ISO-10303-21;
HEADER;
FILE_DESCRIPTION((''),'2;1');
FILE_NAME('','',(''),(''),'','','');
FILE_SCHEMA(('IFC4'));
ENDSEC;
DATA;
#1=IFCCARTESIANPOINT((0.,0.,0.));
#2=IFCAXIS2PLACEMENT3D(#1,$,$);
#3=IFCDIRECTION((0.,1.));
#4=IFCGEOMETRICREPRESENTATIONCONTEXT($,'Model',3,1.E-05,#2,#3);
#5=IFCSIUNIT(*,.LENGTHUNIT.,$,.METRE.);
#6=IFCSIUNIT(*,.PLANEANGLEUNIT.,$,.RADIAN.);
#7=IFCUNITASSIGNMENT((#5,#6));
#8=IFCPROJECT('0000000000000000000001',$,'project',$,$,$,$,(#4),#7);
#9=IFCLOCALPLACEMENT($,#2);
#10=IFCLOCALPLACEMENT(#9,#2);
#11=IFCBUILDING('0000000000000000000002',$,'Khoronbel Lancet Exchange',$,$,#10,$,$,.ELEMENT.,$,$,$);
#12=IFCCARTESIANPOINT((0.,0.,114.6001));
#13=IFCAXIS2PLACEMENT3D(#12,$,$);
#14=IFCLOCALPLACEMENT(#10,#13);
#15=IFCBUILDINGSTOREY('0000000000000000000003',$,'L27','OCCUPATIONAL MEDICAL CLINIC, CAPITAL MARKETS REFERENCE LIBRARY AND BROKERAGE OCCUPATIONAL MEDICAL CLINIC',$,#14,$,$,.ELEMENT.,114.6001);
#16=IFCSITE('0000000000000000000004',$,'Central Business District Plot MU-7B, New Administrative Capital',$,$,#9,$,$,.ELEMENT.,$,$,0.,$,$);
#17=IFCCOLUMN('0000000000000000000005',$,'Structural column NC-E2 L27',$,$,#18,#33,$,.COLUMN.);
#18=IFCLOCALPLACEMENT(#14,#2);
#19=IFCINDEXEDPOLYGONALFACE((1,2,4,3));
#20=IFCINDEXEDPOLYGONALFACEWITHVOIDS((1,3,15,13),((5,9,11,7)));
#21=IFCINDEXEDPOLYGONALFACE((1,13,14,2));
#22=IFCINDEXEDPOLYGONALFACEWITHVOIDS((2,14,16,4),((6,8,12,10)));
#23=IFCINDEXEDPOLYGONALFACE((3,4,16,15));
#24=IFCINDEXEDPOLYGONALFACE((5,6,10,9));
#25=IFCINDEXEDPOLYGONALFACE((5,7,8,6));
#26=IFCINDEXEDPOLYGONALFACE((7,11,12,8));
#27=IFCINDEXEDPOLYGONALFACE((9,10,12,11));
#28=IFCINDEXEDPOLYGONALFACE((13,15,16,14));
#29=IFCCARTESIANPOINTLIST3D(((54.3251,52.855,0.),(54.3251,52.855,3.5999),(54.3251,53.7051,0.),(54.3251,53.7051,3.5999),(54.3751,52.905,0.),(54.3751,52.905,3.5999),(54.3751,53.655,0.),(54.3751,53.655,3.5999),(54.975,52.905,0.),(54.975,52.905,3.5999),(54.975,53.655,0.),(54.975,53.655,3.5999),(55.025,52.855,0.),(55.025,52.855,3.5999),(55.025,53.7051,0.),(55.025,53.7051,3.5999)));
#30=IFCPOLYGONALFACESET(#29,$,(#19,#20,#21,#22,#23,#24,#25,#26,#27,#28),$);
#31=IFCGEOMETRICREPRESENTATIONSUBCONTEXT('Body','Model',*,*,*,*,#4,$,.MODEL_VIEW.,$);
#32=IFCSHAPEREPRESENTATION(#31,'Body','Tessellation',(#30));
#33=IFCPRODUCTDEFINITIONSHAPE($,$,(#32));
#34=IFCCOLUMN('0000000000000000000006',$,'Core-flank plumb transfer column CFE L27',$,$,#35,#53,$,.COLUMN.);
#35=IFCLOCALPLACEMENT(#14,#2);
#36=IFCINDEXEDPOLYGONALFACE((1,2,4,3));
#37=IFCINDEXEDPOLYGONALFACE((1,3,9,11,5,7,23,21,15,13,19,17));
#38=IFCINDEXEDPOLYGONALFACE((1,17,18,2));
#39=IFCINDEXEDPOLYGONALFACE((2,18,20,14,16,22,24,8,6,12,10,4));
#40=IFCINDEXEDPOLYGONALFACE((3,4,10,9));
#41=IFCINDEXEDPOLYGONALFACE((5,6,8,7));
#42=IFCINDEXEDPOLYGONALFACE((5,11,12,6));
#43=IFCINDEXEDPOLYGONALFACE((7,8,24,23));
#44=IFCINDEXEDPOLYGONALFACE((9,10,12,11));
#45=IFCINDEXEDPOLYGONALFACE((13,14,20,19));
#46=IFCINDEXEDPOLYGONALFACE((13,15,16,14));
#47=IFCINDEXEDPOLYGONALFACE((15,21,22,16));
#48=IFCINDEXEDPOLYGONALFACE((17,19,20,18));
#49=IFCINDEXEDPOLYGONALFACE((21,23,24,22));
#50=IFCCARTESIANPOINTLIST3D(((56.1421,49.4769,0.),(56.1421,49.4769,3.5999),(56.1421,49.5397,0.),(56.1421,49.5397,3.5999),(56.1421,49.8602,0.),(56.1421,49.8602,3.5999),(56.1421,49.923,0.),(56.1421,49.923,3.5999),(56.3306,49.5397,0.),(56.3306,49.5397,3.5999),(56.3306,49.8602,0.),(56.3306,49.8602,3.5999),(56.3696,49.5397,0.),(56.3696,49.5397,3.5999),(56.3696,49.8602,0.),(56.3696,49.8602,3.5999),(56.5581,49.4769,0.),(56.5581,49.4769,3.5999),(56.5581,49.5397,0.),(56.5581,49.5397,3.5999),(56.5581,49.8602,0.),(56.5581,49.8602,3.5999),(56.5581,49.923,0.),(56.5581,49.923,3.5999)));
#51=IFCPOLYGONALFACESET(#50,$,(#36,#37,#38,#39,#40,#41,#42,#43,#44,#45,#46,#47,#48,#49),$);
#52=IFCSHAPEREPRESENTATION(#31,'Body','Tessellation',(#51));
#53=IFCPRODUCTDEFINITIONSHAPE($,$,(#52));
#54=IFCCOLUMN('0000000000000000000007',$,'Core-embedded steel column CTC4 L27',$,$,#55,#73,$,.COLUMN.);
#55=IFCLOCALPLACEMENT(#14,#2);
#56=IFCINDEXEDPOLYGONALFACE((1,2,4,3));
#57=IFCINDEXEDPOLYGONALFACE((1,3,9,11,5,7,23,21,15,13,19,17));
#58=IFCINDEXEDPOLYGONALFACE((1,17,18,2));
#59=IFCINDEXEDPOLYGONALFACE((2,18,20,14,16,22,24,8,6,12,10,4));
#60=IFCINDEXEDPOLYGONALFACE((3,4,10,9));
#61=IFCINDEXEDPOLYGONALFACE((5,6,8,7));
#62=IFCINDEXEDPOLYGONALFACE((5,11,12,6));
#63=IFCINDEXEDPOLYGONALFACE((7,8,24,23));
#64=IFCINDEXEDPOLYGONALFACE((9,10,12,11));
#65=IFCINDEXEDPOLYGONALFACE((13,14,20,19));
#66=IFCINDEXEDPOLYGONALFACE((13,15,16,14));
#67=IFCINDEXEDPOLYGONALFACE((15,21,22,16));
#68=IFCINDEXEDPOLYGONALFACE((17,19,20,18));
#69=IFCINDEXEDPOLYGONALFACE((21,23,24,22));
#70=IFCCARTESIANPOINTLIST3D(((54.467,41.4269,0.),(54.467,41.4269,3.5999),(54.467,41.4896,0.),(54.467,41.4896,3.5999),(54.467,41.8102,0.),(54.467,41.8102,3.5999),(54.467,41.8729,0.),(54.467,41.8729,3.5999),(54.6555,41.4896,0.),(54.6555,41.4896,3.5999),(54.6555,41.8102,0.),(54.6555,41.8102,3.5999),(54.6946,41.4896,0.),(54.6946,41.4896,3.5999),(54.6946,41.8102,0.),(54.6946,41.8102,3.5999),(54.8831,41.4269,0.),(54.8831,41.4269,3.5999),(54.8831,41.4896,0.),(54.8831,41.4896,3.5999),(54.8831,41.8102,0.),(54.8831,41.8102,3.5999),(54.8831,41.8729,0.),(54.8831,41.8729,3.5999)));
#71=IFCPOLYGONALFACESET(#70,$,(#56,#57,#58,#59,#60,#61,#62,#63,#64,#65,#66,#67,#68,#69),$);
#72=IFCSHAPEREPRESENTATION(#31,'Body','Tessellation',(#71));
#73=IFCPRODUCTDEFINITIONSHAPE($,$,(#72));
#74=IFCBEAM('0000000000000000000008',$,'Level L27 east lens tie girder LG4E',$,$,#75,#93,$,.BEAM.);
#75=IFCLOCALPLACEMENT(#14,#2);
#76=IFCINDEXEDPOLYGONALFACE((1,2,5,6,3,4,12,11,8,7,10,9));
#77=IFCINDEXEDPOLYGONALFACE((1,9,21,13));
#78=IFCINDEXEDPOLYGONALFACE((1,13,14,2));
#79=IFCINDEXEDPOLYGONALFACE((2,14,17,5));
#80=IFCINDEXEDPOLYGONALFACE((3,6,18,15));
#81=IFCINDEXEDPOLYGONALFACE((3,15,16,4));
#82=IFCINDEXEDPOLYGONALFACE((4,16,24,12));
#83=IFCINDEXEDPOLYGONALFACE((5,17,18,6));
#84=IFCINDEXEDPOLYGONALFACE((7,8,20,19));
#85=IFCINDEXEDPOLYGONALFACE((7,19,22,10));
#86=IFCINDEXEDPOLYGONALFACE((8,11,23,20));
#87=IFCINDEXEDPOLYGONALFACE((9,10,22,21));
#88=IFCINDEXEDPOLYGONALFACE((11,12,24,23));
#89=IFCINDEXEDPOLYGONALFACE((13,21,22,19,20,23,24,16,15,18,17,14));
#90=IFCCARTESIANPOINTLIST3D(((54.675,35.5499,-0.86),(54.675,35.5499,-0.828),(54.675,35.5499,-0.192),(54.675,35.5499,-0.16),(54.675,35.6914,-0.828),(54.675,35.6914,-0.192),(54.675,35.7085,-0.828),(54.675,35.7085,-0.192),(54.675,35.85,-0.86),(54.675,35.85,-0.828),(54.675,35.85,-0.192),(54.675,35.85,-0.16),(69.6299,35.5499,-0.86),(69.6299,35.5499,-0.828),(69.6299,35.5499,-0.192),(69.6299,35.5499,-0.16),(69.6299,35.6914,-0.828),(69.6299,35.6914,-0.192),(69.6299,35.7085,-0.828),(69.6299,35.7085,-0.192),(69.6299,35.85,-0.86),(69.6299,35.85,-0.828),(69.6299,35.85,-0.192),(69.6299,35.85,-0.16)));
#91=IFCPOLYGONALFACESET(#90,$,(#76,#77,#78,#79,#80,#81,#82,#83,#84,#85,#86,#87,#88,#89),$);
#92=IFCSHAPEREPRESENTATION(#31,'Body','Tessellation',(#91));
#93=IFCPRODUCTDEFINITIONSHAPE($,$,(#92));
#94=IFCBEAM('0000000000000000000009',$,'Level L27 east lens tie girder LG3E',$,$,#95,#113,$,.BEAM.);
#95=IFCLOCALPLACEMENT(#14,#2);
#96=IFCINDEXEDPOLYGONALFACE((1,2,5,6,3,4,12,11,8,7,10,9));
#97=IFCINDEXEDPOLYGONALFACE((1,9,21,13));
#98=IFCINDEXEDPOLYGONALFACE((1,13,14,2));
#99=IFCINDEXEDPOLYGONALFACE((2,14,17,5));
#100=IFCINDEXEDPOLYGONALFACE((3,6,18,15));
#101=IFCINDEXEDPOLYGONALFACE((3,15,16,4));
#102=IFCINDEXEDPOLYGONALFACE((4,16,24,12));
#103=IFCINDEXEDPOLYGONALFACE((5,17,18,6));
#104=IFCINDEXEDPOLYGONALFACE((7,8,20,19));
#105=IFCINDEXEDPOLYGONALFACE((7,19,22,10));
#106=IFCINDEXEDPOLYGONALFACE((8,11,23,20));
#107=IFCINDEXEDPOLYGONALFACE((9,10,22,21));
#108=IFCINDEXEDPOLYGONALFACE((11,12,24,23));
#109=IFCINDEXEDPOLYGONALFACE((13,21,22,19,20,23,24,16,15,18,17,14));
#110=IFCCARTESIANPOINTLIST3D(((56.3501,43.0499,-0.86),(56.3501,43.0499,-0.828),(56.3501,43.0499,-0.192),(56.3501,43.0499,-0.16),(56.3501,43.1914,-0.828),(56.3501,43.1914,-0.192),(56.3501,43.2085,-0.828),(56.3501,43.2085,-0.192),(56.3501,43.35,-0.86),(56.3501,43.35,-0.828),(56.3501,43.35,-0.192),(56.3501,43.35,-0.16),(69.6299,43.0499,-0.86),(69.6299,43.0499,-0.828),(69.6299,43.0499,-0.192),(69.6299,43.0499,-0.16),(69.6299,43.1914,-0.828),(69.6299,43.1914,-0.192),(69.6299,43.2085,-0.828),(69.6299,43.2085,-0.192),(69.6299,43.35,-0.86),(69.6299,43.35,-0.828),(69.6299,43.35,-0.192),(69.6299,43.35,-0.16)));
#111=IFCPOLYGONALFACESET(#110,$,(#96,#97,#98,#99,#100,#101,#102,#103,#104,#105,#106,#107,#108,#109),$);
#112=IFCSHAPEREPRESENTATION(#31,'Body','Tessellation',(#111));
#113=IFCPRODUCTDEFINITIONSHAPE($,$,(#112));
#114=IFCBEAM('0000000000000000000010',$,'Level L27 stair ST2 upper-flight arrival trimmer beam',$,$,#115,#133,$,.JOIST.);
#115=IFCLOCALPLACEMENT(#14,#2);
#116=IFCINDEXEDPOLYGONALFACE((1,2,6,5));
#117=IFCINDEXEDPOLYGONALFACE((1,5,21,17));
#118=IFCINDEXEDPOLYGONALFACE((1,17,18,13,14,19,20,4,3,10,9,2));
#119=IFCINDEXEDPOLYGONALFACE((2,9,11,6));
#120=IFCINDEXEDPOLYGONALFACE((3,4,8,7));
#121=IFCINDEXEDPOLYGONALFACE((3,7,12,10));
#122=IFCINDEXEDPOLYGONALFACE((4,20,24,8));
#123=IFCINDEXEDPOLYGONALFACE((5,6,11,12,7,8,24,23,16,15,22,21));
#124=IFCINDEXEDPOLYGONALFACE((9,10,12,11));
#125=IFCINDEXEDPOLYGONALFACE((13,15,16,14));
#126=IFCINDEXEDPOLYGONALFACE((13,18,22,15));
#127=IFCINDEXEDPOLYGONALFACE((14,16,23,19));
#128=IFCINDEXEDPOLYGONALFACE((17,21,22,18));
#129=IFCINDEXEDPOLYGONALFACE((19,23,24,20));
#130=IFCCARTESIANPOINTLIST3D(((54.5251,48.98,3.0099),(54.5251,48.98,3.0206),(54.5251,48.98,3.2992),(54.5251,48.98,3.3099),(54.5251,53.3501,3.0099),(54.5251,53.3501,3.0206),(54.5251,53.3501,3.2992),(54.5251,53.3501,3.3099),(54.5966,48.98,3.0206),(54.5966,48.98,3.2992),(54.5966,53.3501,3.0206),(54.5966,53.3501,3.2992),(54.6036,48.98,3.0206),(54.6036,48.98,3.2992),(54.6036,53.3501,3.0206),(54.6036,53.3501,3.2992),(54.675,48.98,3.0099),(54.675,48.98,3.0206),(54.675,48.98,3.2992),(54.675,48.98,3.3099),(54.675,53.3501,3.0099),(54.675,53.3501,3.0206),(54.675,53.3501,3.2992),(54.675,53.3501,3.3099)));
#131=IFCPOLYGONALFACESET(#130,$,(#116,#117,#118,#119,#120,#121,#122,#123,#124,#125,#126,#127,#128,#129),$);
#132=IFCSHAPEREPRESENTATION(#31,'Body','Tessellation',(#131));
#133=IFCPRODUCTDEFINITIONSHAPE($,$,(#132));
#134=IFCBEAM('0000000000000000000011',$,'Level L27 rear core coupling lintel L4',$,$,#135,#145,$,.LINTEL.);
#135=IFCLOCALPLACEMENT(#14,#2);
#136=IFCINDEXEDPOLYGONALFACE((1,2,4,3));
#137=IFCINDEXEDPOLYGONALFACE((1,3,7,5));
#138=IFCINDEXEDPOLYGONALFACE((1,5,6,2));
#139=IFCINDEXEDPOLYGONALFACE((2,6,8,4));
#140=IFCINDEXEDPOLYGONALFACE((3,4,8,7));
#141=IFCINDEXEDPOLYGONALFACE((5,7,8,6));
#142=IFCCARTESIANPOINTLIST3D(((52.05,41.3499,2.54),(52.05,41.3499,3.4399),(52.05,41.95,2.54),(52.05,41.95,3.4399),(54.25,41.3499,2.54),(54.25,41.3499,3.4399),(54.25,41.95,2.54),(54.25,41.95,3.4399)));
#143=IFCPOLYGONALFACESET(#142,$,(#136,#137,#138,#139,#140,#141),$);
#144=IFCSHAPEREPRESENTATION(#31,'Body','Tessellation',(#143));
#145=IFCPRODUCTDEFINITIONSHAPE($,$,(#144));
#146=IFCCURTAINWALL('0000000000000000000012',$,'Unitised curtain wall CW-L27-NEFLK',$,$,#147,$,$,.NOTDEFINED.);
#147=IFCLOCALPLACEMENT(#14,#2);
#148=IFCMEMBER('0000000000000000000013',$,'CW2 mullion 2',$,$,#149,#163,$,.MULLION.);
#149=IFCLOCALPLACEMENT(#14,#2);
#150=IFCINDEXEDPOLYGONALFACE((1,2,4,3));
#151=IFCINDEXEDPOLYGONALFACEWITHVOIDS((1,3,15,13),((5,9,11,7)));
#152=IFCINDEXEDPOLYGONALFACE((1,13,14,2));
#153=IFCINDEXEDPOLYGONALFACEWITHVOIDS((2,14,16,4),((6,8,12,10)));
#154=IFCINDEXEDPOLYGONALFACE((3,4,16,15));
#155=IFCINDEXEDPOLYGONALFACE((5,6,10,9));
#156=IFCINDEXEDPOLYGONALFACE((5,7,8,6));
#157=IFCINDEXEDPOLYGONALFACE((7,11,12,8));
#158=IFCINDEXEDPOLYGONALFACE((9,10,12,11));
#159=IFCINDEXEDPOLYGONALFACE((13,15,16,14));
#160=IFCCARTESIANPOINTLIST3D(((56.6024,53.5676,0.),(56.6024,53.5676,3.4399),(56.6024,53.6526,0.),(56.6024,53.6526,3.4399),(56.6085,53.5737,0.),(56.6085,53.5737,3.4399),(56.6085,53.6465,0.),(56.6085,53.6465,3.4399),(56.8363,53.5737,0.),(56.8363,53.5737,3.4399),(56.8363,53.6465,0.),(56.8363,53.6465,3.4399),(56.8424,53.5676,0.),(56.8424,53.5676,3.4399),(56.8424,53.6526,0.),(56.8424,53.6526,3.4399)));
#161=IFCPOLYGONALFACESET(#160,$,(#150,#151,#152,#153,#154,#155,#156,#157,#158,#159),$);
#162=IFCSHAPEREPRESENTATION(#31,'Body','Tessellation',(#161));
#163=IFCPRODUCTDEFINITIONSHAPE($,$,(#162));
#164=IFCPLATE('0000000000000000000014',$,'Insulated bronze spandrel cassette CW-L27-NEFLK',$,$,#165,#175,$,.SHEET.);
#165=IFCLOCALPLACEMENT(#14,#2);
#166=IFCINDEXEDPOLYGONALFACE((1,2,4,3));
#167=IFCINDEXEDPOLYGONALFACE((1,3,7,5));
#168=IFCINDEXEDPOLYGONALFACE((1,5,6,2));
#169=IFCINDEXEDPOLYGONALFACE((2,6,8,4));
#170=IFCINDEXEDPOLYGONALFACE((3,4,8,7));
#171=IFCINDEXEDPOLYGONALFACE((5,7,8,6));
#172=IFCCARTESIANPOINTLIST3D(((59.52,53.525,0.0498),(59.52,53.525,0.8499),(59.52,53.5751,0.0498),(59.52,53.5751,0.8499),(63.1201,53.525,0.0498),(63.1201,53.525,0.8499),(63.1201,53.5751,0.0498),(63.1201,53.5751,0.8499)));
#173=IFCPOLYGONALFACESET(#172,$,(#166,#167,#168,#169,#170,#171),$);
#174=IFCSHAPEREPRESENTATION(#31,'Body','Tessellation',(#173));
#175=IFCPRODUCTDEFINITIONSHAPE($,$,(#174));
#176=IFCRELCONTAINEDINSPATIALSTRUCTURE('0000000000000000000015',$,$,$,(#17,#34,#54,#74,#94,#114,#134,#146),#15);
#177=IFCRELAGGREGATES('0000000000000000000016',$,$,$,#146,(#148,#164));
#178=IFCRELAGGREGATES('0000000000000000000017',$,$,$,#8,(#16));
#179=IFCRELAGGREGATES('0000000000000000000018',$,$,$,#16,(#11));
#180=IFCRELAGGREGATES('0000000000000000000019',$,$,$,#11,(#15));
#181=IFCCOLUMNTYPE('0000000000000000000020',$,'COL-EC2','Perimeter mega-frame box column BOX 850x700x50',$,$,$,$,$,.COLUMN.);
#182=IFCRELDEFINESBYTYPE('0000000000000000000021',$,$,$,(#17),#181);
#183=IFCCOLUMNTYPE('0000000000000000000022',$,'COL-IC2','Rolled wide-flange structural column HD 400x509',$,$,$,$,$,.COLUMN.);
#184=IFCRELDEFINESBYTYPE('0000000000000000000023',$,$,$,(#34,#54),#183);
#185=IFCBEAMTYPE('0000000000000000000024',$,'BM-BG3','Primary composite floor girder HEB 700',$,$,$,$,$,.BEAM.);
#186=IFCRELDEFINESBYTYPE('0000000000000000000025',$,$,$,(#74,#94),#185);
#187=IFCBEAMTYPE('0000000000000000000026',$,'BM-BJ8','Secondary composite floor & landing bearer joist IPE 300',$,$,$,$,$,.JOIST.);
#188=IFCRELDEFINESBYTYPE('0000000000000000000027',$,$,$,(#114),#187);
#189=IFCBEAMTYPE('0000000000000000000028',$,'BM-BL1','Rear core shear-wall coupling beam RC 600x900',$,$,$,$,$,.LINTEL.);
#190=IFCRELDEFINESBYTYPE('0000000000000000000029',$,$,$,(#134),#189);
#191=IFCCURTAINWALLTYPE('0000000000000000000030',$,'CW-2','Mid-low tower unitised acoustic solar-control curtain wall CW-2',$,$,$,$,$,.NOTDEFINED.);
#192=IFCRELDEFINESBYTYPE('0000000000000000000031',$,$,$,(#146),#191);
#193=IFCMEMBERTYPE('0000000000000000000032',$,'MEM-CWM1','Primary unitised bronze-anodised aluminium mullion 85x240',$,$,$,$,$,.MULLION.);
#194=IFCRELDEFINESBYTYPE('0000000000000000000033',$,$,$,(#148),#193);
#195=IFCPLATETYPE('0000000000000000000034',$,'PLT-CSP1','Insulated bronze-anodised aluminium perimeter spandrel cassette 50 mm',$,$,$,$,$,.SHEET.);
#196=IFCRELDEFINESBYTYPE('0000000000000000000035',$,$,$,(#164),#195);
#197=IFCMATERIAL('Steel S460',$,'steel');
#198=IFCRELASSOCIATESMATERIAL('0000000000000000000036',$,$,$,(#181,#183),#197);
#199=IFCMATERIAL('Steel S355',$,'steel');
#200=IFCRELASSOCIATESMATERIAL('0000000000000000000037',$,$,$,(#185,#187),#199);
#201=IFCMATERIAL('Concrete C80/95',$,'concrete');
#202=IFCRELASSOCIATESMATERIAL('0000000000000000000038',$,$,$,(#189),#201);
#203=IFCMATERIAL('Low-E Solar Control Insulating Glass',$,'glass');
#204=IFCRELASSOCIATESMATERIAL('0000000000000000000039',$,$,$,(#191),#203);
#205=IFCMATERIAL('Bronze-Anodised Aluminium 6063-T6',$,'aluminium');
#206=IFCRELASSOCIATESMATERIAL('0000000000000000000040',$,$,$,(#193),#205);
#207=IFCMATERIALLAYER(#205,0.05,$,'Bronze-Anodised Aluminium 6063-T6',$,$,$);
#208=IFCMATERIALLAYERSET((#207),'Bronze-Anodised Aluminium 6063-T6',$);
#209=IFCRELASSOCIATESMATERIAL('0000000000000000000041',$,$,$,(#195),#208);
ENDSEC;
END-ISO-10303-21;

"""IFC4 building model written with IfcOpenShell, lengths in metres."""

from ifc_helpers import new_model, si_unit, direction, frame, origin, origin_2d, place, context, subcontext, project, spatial, rectangle, hollow_rectangle, i_section, extrude, material, layer, layer_set, material_profile, profile_set, type_object, element, aggregate, save


model = new_model("IFC4")

# Units and contexts
model_context = context("Model", 3, precision=1e-05, world=origin(), true_north=direction((0.0, 1.0)))
body_context = subcontext(model_context, "Body", "Model", "MODEL_VIEW")
ifc_project = project(units=[si_unit("LENGTHUNIT", "METRE"), si_unit("PLANEANGLEUNIT", "RADIAN")], contexts=[model_context])

# Site, building, storey
site_placement = place(None, origin())
site = spatial("IfcSite", under=ifc_project, at=site_placement, Name="Central Business District Plot MU-7B, New Administrative Capital", CompositionType="ELEMENT", RefElevation=0.0)
building_placement = place(site_placement, origin())
building = spatial("IfcBuilding", under=site, at=building_placement, Name="Khoronbel Lancet Exchange", CompositionType="ELEMENT")
storey_placement = place(building_placement, frame((0.0, 0.0, 114.6001)))
storey = spatial("IfcBuildingStorey", under=building, at=storey_placement, Name="L27", Description="OCCUPATIONAL MEDICAL CLINIC, CAPITAL MARKETS REFERENCE LIBRARY AND BROKERAGE OCCUPATIONAL MEDICAL CLINIC", CompositionType="ELEMENT", Elevation=114.6001)

# Columns
ifc_material_1 = material(Name="Steel S460", Category="steel")
ifc_material_profile_1 = material_profile(ifc_material_1, hollow_rectangle(XDim=0.7, YDim=0.8501, WallThickness=0.05, at=origin_2d()), Name="BOX 850x700x50")
ifc_profile_set_1 = profile_set([ifc_material_profile_1], Name="Steel S460")
column_type_1 = type_object("IfcColumnType", Name="COL-EC2", Description="Perimeter mega-frame box column BOX 850x700x50", PredefinedType="COLUMN", material=ifc_profile_set_1)
column_placement = place(storey_placement, frame((54.675, 53.28, 0.0), z_axis=(0.0, 0.0, 1.0), x_axis=(1.0, 0.0, 0.0)))
element("IfcColumn", 1, at=column_placement, inside=storey, type_object=column_type_1, Name="Structural column NC-E2 L27", PredefinedType="COLUMN", context=body_context, shape_type="SweptSolid", body=[
    extrude(hollow_rectangle(XDim=0.7, YDim=0.8501, WallThickness=0.05, at=origin_2d()), origin(), (0.0, 0.0, 1.0), 3.5999),
])
ifc_material_profile_2 = material_profile(ifc_material_1, i_section(OverallWidth=0.416, OverallDepth=0.446, WebThickness=0.0391, FlangeThickness=0.0627, at=origin_2d()), Name="HD 400x509")
ifc_profile_set_2 = profile_set([ifc_material_profile_2], Name="Steel S460")
column_type_2 = type_object("IfcColumnType", Name="COL-IC2", Description="Rolled wide-flange structural column HD 400x509", PredefinedType="COLUMN", material=ifc_profile_set_2)
for number, where, z_axis, x_axis, name in (
    (2, (56.3501, 49.7, 0.0), (0.0, 0.0, 1.0), (1.0, 0.0, 0.0), "Core-flank plumb transfer column CFE L27"),
    (3, (54.675, 41.6499, 0.0), (0.0, 0.0, 1.0), (1.0, 0.0, 0.0), "Core-embedded steel column CTC4 L27"),
):
    element("IfcColumn", number, at=place(storey_placement, frame(where, z_axis=z_axis, x_axis=x_axis)), inside=storey, type_object=column_type_2, Name=name, PredefinedType="COLUMN", context=body_context, shape_type="SweptSolid", body=[
        extrude(i_section(OverallWidth=0.416, OverallDepth=0.446, WebThickness=0.0391, FlangeThickness=0.0627, at=origin_2d()), origin(), (0.0, 0.0, 1.0), 3.5999),
    ])

# Beams
ifc_material_2 = material(Name="Steel S355", Category="steel")
ifc_material_profile_3 = material_profile(ifc_material_2, i_section(OverallWidth=0.3, OverallDepth=0.7, WebThickness=0.0171, FlangeThickness=0.032, at=origin_2d()), Name="HEB 700")
ifc_profile_set_3 = profile_set([ifc_material_profile_3], Name="Steel S355")
beam_type_1 = type_object("IfcBeamType", Name="BM-BG3", Description="Primary composite floor girder HEB 700", PredefinedType="BEAM", material=ifc_profile_set_3)
beam_1_placement = place(storey_placement, frame((54.675, 35.7, -0.51), z_axis=(1.0, 0.0, 0.0), x_axis=(0.0, 1.0, 0.0)))
element("IfcBeam", 4, at=beam_1_placement, inside=storey, type_object=beam_type_1, Name="Level L27 east lens tie girder LG4E", PredefinedType="BEAM", context=body_context, shape_type="SweptSolid", body=[
    extrude(i_section(OverallWidth=0.3, OverallDepth=0.7, WebThickness=0.0171, FlangeThickness=0.032, at=origin_2d()), origin(), (0.0, 0.0, 1.0), 14.9548),
])
beam_2_placement = place(storey_placement, frame((56.3501, 43.2, -0.51), z_axis=(1.0, 0.0, 0.0), x_axis=(0.0, 1.0, 0.0)))
element("IfcBeam", 5, at=beam_2_placement, inside=storey, type_object=beam_type_1, Name="Level L27 east lens tie girder LG3E", PredefinedType="BEAM", context=body_context, shape_type="SweptSolid", body=[
    extrude(i_section(OverallWidth=0.3, OverallDepth=0.7, WebThickness=0.0171, FlangeThickness=0.032, at=origin_2d()), origin(), (0.0, 0.0, 1.0), 13.2798),
])
ifc_material_profile_4 = material_profile(ifc_material_2, i_section(OverallWidth=0.1499, OverallDepth=0.3, WebThickness=0.0071, FlangeThickness=0.0107, at=origin_2d()), Name="IPE 300")
ifc_profile_set_4 = profile_set([ifc_material_profile_4], Name="Steel S355")
beam_type_2 = type_object("IfcBeamType", Name="BM-BJ8", Description="Secondary composite floor & landing bearer joist IPE 300", PredefinedType="JOIST", material=ifc_profile_set_4)
beam_3_placement = place(storey_placement, frame((54.6001, 48.98, 3.1599), z_axis=(0.0, 1.0, 0.0), x_axis=(-1.0, 0.0, 0.0)))
element("IfcBeam", 6, at=beam_3_placement, inside=storey, type_object=beam_type_2, Name="Level L27 stair ST2 upper-flight arrival trimmer beam", PredefinedType="JOIST", context=body_context, shape_type="SweptSolid", body=[
    extrude(i_section(OverallWidth=0.1499, OverallDepth=0.3, WebThickness=0.0071, FlangeThickness=0.0107, at=origin_2d()), origin(), (0.0, 0.0, 1.0), 4.3701),
])
ifc_material_3 = material(Name="Concrete C80/95", Category="concrete")
ifc_material_profile_5 = material_profile(ifc_material_3, rectangle(XDim=0.6001, YDim=0.8999, at=origin_2d()), Name="RC 600x900")
ifc_profile_set_5 = profile_set([ifc_material_profile_5], Name="Concrete C80/95")
beam_type_3 = type_object("IfcBeamType", Name="BM-BL1", Description="Rear core shear-wall coupling beam RC 600x900", PredefinedType="LINTEL", material=ifc_profile_set_5)
beam_4_placement = place(storey_placement, frame((52.05, 41.6499, 2.99), z_axis=(1.0, 0.0, 0.0), x_axis=(0.0, 1.0, 0.0)))
element("IfcBeam", 7, at=beam_4_placement, inside=storey, type_object=beam_type_3, Name="Level L27 rear core coupling lintel L4", PredefinedType="LINTEL", context=body_context, shape_type="SweptSolid", body=[
    extrude(rectangle(XDim=0.6001, YDim=0.8999, at=origin_2d()), origin(), (0.0, 0.0, 1.0), 2.2),
])

# Curtain wall, member, plate
ifc_material_4 = material(Name="Low-E Solar Control Insulating Glass", Category="glass")
curtain_wall_type = type_object("IfcCurtainWallType", Name="CW-2", Description="Mid-low tower unitised acoustic solar-control curtain wall CW-2", PredefinedType="NOTDEFINED", material=ifc_material_4)
curtain_wall_placement = place(storey_placement, origin())
curtain_wall = element("IfcCurtainWall", 8, at=curtain_wall_placement, inside=storey, type_object=curtain_wall_type, Name="Unitised curtain wall CW-L27-NEFLK", PredefinedType="NOTDEFINED")
ifc_material_5 = material(Name="Bronze-Anodised Aluminium 6063-T6", Category="aluminium")
ifc_material_profile_6 = material_profile(ifc_material_5, hollow_rectangle(XDim=0.085, YDim=0.24, WallThickness=0.0061, at=origin_2d()), Name="ALU MULLION 85x240")
ifc_profile_set_6 = profile_set([ifc_material_profile_6], Name="Bronze-Anodised Aluminium 6063-T6")
member_type = type_object("IfcMemberType", Name="MEM-CWM1", Description="Primary unitised bronze-anodised aluminium mullion 85x240", PredefinedType="MULLION", material=ifc_profile_set_6)
member_placement = place(storey_placement, frame((56.7224, 53.6101, 0.0), z_axis=(0.0, 0.0, 1.0), x_axis=(0.0, -1.0, 0.0)))
member = element("IfcMember", 9, at=member_placement, type_object=member_type, Name="CW2 mullion 2", PredefinedType="MULLION", context=body_context, shape_type="SweptSolid", body=[
    extrude(hollow_rectangle(XDim=0.085, YDim=0.24, WallThickness=0.0061, at=origin_2d()), origin(), (0.0, 0.0, 1.0), 3.4399),
])
ifc_layer_1 = layer(ifc_material_5, 0.05, Name="Bronze-Anodised Aluminium 6063-T6")
ifc_layer_set_1 = layer_set([ifc_layer_1], Name="Bronze-Anodised Aluminium 6063-T6")
plate_type = type_object("IfcPlateType", Name="PLT-CSP1", Description="Insulated bronze-anodised aluminium perimeter spandrel cassette 50 mm", PredefinedType="SHEET", material=ifc_layer_set_1)
plate_placement = place(storey_placement, frame((61.3201, 53.55, 0.0498), z_axis=(0.0, 0.0, 1.0), x_axis=(-1.0, 0.0, 0.0)))
plate = element("IfcPlate", 10, at=plate_placement, type_object=plate_type, Name="Insulated bronze spandrel cassette CW-L27-NEFLK", PredefinedType="SHEET", context=body_context, shape_type="SweptSolid", body=[
    extrude(rectangle(XDim=3.6001, YDim=0.05, at=origin_2d()), origin(), (0.0, 0.0, 1.0), 0.8),
])
aggregate(curtain_wall, [member, plate])

save(model, "model.ifc")
